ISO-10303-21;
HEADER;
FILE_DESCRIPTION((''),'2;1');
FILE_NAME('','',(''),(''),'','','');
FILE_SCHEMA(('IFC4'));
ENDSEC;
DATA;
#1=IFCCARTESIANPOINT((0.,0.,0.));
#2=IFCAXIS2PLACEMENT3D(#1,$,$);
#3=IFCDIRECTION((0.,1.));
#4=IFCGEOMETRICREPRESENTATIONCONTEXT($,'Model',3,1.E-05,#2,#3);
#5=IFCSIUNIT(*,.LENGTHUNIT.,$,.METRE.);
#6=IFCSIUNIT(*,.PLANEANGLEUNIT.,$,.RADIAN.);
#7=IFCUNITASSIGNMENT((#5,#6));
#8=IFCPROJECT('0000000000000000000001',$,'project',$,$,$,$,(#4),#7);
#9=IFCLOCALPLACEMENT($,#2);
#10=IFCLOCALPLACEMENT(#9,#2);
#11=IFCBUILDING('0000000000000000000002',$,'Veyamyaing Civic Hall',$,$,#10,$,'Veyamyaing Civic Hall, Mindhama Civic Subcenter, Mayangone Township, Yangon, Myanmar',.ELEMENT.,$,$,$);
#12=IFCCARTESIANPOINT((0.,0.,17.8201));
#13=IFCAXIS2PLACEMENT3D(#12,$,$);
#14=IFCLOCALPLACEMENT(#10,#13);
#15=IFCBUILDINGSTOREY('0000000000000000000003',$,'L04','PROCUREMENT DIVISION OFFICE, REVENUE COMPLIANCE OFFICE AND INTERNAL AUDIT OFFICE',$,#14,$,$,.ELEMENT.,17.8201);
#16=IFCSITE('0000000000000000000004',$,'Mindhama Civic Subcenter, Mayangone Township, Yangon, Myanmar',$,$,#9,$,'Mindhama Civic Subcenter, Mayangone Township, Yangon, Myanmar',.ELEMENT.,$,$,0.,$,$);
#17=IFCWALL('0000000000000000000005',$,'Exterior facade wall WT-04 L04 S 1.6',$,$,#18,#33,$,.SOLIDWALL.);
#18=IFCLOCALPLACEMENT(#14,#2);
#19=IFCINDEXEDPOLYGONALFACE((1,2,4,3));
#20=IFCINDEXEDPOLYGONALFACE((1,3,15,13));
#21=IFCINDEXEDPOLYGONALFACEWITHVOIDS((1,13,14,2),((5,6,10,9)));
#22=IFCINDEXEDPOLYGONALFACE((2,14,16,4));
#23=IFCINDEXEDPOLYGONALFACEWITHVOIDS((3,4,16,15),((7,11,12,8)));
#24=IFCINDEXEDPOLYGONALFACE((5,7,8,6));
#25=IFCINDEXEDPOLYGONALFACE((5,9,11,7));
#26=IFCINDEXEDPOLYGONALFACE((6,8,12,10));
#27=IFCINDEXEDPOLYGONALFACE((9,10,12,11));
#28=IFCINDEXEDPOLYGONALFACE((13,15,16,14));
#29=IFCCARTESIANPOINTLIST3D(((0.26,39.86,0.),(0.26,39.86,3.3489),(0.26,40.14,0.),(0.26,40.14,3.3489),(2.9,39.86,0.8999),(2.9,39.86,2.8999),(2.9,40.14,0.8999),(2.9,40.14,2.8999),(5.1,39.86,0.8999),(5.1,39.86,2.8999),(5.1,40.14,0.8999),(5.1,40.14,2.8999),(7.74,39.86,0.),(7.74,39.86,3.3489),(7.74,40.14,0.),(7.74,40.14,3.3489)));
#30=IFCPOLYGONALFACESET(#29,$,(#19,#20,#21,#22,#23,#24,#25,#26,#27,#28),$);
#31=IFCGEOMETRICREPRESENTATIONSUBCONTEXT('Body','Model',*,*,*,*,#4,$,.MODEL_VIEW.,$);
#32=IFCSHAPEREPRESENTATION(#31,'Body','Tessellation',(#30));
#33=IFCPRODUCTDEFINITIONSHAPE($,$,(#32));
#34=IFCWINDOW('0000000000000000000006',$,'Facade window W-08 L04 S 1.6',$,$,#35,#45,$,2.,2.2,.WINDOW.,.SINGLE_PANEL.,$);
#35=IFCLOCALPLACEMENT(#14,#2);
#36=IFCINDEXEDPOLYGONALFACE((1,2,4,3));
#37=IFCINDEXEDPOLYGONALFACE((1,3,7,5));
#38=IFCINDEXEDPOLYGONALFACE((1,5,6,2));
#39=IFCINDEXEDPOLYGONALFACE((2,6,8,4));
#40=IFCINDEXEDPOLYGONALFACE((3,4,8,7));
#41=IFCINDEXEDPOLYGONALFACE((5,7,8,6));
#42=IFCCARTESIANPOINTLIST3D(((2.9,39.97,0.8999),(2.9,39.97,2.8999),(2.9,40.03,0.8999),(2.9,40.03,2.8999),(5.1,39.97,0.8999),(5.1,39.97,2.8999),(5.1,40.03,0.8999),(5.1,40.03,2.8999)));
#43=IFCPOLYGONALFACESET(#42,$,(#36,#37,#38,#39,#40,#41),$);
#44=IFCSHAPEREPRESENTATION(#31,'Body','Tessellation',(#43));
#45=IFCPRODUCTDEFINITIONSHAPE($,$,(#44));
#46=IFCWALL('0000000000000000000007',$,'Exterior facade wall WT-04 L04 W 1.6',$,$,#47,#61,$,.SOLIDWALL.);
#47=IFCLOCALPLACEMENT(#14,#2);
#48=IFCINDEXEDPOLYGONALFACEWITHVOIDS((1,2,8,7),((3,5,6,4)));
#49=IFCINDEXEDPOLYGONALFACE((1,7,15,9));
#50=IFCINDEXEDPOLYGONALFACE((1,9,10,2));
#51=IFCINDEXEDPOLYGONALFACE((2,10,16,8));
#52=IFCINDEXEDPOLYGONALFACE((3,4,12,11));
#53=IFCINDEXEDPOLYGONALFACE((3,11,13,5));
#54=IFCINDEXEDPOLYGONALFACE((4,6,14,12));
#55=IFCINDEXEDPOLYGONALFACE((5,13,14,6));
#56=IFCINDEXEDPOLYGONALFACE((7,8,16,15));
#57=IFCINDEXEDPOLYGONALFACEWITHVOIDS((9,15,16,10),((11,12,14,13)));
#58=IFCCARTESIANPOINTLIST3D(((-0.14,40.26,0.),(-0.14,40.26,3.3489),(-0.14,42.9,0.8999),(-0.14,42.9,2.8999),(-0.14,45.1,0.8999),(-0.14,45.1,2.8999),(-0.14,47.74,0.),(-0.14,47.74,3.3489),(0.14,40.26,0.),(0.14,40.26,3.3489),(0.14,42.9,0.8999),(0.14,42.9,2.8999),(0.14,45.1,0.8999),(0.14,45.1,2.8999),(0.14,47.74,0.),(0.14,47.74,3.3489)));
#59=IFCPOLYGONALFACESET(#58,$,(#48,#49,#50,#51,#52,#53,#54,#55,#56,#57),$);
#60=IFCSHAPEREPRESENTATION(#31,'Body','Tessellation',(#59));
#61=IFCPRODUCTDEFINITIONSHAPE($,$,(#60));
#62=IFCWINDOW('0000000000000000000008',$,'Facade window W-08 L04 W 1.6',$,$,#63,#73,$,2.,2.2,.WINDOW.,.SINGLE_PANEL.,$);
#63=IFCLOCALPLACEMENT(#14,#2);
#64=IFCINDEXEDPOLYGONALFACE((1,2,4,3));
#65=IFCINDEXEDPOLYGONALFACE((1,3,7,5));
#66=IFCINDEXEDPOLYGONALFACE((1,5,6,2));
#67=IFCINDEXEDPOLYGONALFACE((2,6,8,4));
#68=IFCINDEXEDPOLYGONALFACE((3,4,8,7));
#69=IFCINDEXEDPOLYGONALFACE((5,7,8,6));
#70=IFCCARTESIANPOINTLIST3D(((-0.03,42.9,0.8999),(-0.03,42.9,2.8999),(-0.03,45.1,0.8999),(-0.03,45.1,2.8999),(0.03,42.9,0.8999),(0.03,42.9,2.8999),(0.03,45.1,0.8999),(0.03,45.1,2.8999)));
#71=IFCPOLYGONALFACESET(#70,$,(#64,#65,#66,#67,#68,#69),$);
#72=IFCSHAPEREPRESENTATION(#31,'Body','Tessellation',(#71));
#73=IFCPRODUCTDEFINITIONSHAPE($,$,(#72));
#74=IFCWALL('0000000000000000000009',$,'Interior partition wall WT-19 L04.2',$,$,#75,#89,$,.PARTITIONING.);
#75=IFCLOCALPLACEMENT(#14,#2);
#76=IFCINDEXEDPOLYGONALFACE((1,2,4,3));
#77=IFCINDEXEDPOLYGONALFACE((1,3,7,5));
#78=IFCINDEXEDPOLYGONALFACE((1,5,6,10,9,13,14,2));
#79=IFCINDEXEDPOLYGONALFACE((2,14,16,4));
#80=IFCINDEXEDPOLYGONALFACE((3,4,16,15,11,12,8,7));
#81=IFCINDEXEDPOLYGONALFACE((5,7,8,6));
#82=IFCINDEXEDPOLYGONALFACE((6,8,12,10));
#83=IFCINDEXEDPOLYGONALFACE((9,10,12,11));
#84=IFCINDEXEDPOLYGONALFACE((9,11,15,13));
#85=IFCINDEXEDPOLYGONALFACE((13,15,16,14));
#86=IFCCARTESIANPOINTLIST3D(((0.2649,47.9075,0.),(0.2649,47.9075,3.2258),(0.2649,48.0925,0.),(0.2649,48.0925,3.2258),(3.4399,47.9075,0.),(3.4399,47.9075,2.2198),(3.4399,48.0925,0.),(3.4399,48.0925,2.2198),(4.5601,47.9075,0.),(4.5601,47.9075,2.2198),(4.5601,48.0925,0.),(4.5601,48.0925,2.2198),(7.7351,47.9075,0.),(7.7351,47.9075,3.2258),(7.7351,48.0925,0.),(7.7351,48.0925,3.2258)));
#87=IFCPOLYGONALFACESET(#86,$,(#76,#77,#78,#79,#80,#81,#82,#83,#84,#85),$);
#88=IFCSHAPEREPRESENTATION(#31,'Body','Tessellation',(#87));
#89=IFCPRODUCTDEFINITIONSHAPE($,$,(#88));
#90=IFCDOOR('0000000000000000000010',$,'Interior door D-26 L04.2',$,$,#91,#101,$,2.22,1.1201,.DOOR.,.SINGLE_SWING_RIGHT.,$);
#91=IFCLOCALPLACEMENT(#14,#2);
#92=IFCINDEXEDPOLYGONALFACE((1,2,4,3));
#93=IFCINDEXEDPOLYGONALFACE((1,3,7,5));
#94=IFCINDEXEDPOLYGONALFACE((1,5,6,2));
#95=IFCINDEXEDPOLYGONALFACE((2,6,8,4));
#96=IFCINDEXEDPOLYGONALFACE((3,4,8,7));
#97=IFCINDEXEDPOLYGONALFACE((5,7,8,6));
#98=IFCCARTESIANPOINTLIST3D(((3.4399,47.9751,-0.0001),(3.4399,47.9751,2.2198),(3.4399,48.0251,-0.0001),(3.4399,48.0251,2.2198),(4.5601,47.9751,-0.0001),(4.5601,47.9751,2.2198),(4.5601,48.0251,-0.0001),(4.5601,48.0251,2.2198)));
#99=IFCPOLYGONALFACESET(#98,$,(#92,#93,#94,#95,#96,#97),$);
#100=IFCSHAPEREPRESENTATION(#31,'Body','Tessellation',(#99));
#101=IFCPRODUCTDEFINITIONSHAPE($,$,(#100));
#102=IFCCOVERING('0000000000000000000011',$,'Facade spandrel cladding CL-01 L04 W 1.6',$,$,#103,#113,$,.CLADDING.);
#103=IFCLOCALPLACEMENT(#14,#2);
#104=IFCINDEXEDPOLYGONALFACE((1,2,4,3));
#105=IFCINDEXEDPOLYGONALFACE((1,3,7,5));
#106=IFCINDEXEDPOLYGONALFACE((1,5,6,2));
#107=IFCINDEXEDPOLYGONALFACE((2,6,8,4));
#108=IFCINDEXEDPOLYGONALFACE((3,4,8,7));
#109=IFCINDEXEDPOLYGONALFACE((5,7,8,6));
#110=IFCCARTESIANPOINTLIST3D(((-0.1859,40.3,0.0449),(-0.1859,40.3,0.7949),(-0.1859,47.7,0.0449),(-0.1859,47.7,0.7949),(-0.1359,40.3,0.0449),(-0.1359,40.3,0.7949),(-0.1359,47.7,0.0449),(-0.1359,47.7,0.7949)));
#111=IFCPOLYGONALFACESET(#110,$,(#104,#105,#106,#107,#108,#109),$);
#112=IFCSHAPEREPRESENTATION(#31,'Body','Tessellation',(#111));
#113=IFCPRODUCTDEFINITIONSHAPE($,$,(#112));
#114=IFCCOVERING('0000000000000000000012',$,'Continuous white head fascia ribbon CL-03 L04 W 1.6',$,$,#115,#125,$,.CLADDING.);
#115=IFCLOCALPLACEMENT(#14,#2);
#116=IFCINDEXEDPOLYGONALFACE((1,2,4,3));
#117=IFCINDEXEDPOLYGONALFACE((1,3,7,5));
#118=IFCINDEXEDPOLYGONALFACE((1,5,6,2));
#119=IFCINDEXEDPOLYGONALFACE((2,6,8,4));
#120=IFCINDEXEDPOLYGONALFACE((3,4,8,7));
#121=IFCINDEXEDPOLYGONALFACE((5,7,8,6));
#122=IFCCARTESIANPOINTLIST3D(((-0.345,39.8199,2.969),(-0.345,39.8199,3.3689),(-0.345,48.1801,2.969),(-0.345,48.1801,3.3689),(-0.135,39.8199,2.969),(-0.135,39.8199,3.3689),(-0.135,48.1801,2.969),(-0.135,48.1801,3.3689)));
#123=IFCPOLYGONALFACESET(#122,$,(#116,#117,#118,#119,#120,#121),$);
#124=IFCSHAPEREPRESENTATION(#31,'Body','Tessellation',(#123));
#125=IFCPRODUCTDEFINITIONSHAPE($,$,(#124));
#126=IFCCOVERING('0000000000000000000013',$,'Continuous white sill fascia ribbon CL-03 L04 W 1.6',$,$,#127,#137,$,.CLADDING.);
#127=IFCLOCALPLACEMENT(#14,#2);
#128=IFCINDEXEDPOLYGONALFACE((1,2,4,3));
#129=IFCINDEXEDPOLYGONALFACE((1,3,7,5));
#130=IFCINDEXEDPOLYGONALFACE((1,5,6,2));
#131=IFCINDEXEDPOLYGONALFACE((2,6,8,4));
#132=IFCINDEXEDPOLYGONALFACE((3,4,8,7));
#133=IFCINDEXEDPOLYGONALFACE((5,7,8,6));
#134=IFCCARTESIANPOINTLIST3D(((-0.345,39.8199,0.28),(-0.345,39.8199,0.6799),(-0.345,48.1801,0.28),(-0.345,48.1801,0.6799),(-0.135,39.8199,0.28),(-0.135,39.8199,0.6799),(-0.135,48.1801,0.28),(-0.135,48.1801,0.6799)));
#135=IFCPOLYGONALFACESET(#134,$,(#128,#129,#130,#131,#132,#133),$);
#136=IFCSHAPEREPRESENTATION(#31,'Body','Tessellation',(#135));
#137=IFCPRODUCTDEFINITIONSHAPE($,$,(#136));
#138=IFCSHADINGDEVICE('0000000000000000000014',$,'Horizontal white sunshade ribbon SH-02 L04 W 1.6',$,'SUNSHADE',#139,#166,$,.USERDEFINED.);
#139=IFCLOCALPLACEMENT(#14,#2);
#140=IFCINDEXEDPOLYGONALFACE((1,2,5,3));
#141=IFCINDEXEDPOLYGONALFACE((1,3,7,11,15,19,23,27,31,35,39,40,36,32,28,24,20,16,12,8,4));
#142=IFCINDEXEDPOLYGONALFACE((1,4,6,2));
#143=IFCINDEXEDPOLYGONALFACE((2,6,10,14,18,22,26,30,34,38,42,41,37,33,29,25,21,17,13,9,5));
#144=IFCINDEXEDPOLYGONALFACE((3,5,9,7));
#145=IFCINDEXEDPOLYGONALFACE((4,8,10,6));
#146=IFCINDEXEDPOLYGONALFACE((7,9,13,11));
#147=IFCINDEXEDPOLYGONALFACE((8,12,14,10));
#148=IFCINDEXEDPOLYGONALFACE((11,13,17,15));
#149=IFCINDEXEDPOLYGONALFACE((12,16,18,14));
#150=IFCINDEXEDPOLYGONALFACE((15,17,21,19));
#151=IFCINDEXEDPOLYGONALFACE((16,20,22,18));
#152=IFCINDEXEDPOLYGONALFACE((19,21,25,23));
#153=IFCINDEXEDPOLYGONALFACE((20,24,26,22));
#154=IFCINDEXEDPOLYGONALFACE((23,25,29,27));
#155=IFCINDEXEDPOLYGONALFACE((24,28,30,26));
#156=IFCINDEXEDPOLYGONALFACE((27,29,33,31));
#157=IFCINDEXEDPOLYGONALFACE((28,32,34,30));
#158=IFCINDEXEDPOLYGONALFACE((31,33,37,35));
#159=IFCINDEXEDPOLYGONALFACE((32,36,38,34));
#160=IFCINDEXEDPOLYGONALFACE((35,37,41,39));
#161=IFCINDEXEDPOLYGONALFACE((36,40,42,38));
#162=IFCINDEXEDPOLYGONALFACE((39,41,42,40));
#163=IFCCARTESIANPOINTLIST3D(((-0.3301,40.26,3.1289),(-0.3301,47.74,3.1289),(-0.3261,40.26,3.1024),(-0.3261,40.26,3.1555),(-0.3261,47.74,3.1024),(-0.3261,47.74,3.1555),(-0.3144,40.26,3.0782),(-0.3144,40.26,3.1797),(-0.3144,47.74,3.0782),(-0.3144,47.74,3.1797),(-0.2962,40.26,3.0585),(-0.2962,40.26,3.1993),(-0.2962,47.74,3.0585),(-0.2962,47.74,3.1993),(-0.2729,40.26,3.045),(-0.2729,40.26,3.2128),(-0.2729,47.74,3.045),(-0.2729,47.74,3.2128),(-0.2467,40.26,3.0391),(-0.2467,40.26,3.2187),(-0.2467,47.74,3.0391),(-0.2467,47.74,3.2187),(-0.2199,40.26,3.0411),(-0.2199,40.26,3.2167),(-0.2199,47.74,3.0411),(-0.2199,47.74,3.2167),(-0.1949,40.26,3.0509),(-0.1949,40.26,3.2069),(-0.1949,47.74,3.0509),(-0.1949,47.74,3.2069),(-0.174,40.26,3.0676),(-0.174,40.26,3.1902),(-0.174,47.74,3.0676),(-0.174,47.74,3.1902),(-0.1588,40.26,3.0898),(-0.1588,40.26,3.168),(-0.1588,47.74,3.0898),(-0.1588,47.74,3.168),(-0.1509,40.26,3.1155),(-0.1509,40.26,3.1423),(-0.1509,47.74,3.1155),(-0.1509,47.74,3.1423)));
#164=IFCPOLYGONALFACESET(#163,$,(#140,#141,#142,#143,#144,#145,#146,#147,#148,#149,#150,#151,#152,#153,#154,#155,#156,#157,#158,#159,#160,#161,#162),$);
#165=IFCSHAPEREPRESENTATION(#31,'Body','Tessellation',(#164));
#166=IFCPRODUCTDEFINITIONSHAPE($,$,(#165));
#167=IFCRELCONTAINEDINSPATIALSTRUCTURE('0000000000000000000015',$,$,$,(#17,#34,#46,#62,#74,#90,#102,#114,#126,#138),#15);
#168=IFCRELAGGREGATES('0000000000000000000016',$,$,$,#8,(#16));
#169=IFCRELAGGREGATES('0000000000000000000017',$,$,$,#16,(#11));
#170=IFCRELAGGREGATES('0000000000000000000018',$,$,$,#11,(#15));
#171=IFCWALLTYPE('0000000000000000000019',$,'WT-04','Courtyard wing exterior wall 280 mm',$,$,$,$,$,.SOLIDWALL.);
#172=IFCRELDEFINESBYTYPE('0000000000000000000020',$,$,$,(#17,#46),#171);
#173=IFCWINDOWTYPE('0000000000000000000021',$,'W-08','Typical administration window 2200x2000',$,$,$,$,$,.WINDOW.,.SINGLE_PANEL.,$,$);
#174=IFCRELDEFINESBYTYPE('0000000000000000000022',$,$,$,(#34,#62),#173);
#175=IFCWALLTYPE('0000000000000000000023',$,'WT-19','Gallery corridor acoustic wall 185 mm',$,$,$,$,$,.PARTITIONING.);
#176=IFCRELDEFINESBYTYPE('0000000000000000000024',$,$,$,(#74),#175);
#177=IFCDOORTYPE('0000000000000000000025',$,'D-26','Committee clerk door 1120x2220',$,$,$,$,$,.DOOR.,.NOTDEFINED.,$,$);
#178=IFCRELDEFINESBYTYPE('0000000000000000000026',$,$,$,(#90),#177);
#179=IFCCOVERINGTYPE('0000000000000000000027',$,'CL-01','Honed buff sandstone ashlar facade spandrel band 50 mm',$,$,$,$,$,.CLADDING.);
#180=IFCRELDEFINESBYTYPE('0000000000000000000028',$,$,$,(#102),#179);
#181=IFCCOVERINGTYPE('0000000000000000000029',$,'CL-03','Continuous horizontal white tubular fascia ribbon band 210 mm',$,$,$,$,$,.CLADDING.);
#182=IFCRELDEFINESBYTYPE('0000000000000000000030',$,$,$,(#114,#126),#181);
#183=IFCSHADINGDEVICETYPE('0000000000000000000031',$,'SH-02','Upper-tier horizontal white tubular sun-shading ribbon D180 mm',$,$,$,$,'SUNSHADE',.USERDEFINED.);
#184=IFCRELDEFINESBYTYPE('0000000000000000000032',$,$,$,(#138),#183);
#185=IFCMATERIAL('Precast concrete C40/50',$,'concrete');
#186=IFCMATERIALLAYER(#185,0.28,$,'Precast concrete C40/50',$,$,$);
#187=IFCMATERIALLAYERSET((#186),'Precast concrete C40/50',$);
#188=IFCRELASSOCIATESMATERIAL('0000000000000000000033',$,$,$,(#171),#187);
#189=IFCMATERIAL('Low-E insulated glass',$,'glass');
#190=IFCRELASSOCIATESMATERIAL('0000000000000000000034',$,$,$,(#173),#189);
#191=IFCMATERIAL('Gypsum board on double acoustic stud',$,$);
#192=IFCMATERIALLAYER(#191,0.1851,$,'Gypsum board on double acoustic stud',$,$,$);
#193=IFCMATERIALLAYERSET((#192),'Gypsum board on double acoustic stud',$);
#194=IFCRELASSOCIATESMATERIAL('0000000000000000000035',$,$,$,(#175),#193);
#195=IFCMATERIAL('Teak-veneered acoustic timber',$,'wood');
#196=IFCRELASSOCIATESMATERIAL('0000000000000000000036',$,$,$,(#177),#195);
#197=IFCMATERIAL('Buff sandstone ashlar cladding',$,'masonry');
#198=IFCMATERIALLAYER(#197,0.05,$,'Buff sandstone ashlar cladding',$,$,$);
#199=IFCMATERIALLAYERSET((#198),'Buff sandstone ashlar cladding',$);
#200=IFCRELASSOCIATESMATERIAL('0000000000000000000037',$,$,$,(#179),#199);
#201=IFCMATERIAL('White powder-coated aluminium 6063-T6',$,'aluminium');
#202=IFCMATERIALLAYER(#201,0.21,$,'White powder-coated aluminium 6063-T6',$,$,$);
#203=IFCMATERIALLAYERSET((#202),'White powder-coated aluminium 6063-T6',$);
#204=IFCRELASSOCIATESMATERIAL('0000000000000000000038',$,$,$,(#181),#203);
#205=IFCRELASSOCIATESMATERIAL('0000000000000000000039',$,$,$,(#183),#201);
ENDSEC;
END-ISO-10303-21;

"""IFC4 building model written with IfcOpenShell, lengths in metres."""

from ifc_helpers import new_model, si_unit, direction, frame, frame_2d, origin, origin_2d, place, context, subcontext, project, spatial, rectangle, circle, extrude, material, layer, layer_set, material_profile, profile_set, type_object, element, fill, save


model = new_model("IFC4")

# Units and contexts
model_context = context("Model", 3, precision=1e-05, world=origin(), true_north=direction((0.0, 1.0)))
body_context = subcontext(model_context, "Body", "Model", "MODEL_VIEW")
ifc_project = project(units=[si_unit("LENGTHUNIT", "METRE"), si_unit("PLANEANGLEUNIT", "RADIAN")], contexts=[model_context])

# Site, building, storey
site_placement = place(None, origin())
site = spatial("IfcSite", under=ifc_project, at=site_placement, Name="Mindhama Civic Subcenter, Mayangone Township, Yangon, Myanmar", LongName="Mindhama Civic Subcenter, Mayangone Township, Yangon, Myanmar", CompositionType="ELEMENT", RefElevation=0.0)
building_placement = place(site_placement, origin())
building = spatial("IfcBuilding", under=site, at=building_placement, Name="Veyamyaing Civic Hall", LongName="Veyamyaing Civic Hall, Mindhama Civic Subcenter, Mayangone Township, Yangon, Myanmar", CompositionType="ELEMENT")
storey_placement = place(building_placement, frame((0.0, 0.0, 17.8201)))
storey = spatial("IfcBuildingStorey", under=building, at=storey_placement, Name="L04", Description="PROCUREMENT DIVISION OFFICE, REVENUE COMPLIANCE OFFICE AND INTERNAL AUDIT OFFICE", CompositionType="ELEMENT", Elevation=17.8201)

# Walls, openings, windows
ifc_material_1 = material(Name="Precast concrete C40/50", Category="concrete")
ifc_layer_1 = layer(ifc_material_1, 0.28, Name="Precast concrete C40/50")
ifc_layer_set_1 = layer_set([ifc_layer_1], Name="Precast concrete C40/50")
wall_type_1 = type_object("IfcWallType", Name="WT-04", Description="Courtyard wing exterior wall 280 mm", PredefinedType="SOLIDWALL", material=ifc_layer_set_1)
wall_1_placement = place(storey_placement, frame((0.26, 40.0, 0.0), z_axis=(0.0, 0.0, 1.0), x_axis=(1.0, 0.0, 0.0)))
wall_1 = element("IfcWall", 1, at=wall_1_placement, inside=storey, type_object=wall_type_1, Name="Exterior facade wall WT-04 L04 S 1.6", PredefinedType="SOLIDWALL", context=body_context, shape_type="SweptSolid", body=[
    extrude(rectangle(XDim=7.48, YDim=0.28, at=frame_2d((3.74, 0.0))), origin(), (0.0, 0.0, 1.0), 3.3489),
])
opening_1_placement = place(wall_1_placement, frame((2.6399, 0.0, 0.8999)))
opening_1 = element("IfcOpeningElement", 2, at=opening_1_placement, cuts=wall_1, PredefinedType="OPENING", context=body_context, shape_type="SweptSolid", body=[
    extrude(rectangle(XDim=2.2, YDim=2.0, at=frame_2d((1.1001, 1.0))), frame((0.0, 0.1499, 0.0), z_axis=(0.0, -1.0, 0.0), x_axis=(1.0, 0.0, 0.0)), (0.0, 0.0, 1.0), 0.3),
])
ifc_material_2 = material(Name="Low-E insulated glass", Category="glass")
window_type = type_object("IfcWindowType", Name="W-08", Description="Typical administration window 2200x2000", PartitioningType="SINGLE_PANEL", PredefinedType="WINDOW", material=ifc_material_2)
window_1_placement = place(opening_1_placement, origin())
window_1 = element("IfcWindow", 3, at=window_1_placement, inside=storey, type_object=window_type, Name="Facade window W-08 L04 S 1.6", OverallHeight=2.0, OverallWidth=2.2, PartitioningType="SINGLE_PANEL", PredefinedType="WINDOW", context=body_context, shape_type="SweptSolid", body=[
    extrude(rectangle(XDim=2.2, YDim=2.0, at=frame_2d((1.1001, 1.0))), frame((0.0, 0.03, 0.0), z_axis=(0.0, -1.0, 0.0), x_axis=(1.0, 0.0, 0.0)), (0.0, 0.0, 1.0), 0.0601),
])
fill(opening_1, window_1)
wall_2_placement = place(storey_placement, frame((0.0, 40.26, 0.0), z_axis=(0.0, 0.0, 1.0), x_axis=(0.0, 1.0, 0.0)))
wall_2 = element("IfcWall", 4, at=wall_2_placement, inside=storey, type_object=wall_type_1, Name="Exterior facade wall WT-04 L04 W 1.6", PredefinedType="SOLIDWALL", context=body_context, shape_type="SweptSolid", body=[
    extrude(rectangle(XDim=7.48, YDim=0.28, at=frame_2d((3.74, 0.0))), origin(), (0.0, 0.0, 1.0), 3.3489),
])
opening_2_placement = place(wall_2_placement, frame((2.6399, 0.0, 0.8999)))
opening_2 = element("IfcOpeningElement", 5, at=opening_2_placement, cuts=wall_2, PredefinedType="OPENING", context=body_context, shape_type="SweptSolid", body=[
    extrude(rectangle(XDim=2.2, YDim=2.0, at=frame_2d((1.1001, 1.0))), frame((0.0, 0.1499, 0.0), z_axis=(0.0, -1.0, 0.0), x_axis=(1.0, 0.0, 0.0)), (0.0, 0.0, 1.0), 0.3),
])
window_2_placement = place(opening_2_placement, origin())
window_2 = element("IfcWindow", 6, at=window_2_placement, inside=storey, type_object=window_type, Name="Facade window W-08 L04 W 1.6", OverallHeight=2.0, OverallWidth=2.2, PartitioningType="SINGLE_PANEL", PredefinedType="WINDOW", context=body_context, shape_type="SweptSolid", body=[
    extrude(rectangle(XDim=2.2, YDim=2.0, at=frame_2d((1.1001, 1.0))), frame((0.0, 0.03, 0.0), z_axis=(0.0, -1.0, 0.0), x_axis=(1.0, 0.0, 0.0)), (0.0, 0.0, 1.0), 0.0601),
])
fill(opening_2, window_2)

# Wall, opening, door
ifc_material_3 = material(Name="Gypsum board on double acoustic stud")
ifc_layer_2 = layer(ifc_material_3, 0.1851, Name="Gypsum board on double acoustic stud")
ifc_layer_set_2 = layer_set([ifc_layer_2], Name="Gypsum board on double acoustic stud")
wall_type_2 = type_object("IfcWallType", Name="WT-19", Description="Gallery corridor acoustic wall 185 mm", PredefinedType="PARTITIONING", material=ifc_layer_set_2)
wall_3_placement = place(storey_placement, frame((0.2649, 48.0, 0.0), z_axis=(0.0, 0.0, 1.0), x_axis=(1.0, 0.0, 0.0)))
wall_3 = element("IfcWall", 7, at=wall_3_placement, inside=storey, type_object=wall_type_2, Name="Interior partition wall WT-19 L04.2", PredefinedType="PARTITIONING", context=body_context, shape_type="SweptSolid", body=[
    extrude(rectangle(XDim=7.4702, YDim=0.1851, at=frame_2d((3.7351, 0.0))), origin(), (0.0, 0.0, 1.0), 3.2258),
])
opening_3_placement = place(wall_3_placement, frame((3.175, 0.0, 0.0)))
opening_3 = element("IfcOpeningElement", 8, at=opening_3_placement, cuts=wall_3, PredefinedType="OPENING", context=body_context, shape_type="SweptSolid", body=[
    extrude(rectangle(XDim=1.1201, YDim=2.22, at=frame_2d((0.5601, 1.1099))), frame((0.0, 0.1025, 0.0), z_axis=(0.0, -1.0, 0.0), x_axis=(1.0, 0.0, 0.0)), (0.0, 0.0, 1.0), 0.2051),
])
ifc_material_4 = material(Name="Teak-veneered acoustic timber", Category="wood")
door_type = type_object("IfcDoorType", Name="D-26", Description="Committee clerk door 1120x2220", OperationType="NOTDEFINED", PredefinedType="DOOR", material=ifc_material_4)
door_placement = place(opening_3_placement, frame((1.1201, 0.0, 0.0), z_axis=(0.0, 0.0, 1.0), x_axis=(-1.0, 0.0, 0.0)))
door = element("IfcDoor", 9, at=door_placement, inside=storey, type_object=door_type, Name="Interior door D-26 L04.2", OperationType="SINGLE_SWING_RIGHT", OverallHeight=2.22, OverallWidth=1.1201, PredefinedType="DOOR", context=body_context, shape_type="SweptSolid", body=[
    extrude(rectangle(XDim=1.1201, YDim=2.22, at=frame_2d((0.5601, 1.1099))), frame((0.0, 0.0249, 0.0), z_axis=(0.0, -1.0, 0.0), x_axis=(1.0, 0.0, 0.0)), (0.0, 0.0, 1.0), 0.05),
])
fill(opening_3, door)

# Coverings
ifc_material_5 = material(Name="Buff sandstone ashlar cladding", Category="masonry")
ifc_layer_3 = layer(ifc_material_5, 0.05, Name="Buff sandstone ashlar cladding")
ifc_layer_set_3 = layer_set([ifc_layer_3], Name="Buff sandstone ashlar cladding")
covering_type_1 = type_object("IfcCoveringType", Name="CL-01", Description="Honed buff sandstone ashlar facade spandrel band 50 mm", PredefinedType="CLADDING", material=ifc_layer_set_3)
covering_placement = place(storey_placement, frame((-0.1609, 44.0, 0.0449), z_axis=(0.0, 0.0, 1.0), x_axis=(0.0, 1.0, 0.0)))
element("IfcCovering", 10, at=covering_placement, inside=storey, type_object=covering_type_1, Name="Facade spandrel cladding CL-01 L04 W 1.6", PredefinedType="CLADDING", context=body_context, shape_type="SweptSolid", body=[
    extrude(rectangle(XDim=7.3999, YDim=0.05, at=origin_2d()), origin(), (0.0, 0.0, 1.0), 0.75),
])
ifc_material_6 = material(Name="White powder-coated aluminium 6063-T6", Category="aluminium")
ifc_layer_4 = layer(ifc_material_6, 0.21, Name="White powder-coated aluminium 6063-T6")
ifc_layer_set_4 = layer_set([ifc_layer_4], Name="White powder-coated aluminium 6063-T6")
covering_type_2 = type_object("IfcCoveringType", Name="CL-03", Description="Continuous horizontal white tubular fascia ribbon band 210 mm", PredefinedType="CLADDING", material=ifc_layer_set_4)
for number, where, z_axis, x_axis, name in (
    (11, (-0.24, 44.0, 2.969), (0.0, 0.0, 1.0), (0.0, 1.0, 0.0), "Continuous white head fascia ribbon CL-03 L04 W 1.6"),
    (12, (-0.24, 44.0, 0.28), (0.0, 0.0, 1.0), (0.0, 1.0, 0.0), "Continuous white sill fascia ribbon CL-03 L04 W 1.6"),
):
    element("IfcCovering", number, at=place(storey_placement, frame(where, z_axis=z_axis, x_axis=x_axis)), inside=storey, type_object=covering_type_2, Name=name, PredefinedType="CLADDING", context=body_context, shape_type="SweptSolid", body=[
        extrude(rectangle(XDim=8.3601, YDim=0.21, at=origin_2d()), origin(), (0.0, 0.0, 1.0), 0.3999),
    ])

# Shading device
ifc_material_profile_1 = material_profile(ifc_material_6, circle(Radius=0.0901, at=origin_2d()), Name="SHADE-TUBE-180")
ifc_profile_set_1 = profile_set([ifc_material_profile_1], Name="White powder-coated aluminium 6063-T6")
shading_device_type = type_object("IfcShadingDeviceType", Name="SH-02", Description="Upper-tier horizontal white tubular sun-shading ribbon D180 mm", ElementType="SUNSHADE", PredefinedType="USERDEFINED", material=ifc_profile_set_1)
shading_device_placement = place(storey_placement, frame((-0.24, 40.26, 3.1289), z_axis=(0.0, 1.0, 0.0), x_axis=(-1.0, 0.0, 0.0)))
element("IfcShadingDevice", 13, at=shading_device_placement, inside=storey, type_object=shading_device_type, Name="Horizontal white sunshade ribbon SH-02 L04 W 1.6", ObjectType="SUNSHADE", PredefinedType="USERDEFINED", context=body_context, shape_type="SweptSolid", body=[
    extrude(circle(Radius=0.0901, at=origin_2d()), origin(), (0.0, 0.0, 1.0), 7.48),
])

save(model, "model.ifc")
